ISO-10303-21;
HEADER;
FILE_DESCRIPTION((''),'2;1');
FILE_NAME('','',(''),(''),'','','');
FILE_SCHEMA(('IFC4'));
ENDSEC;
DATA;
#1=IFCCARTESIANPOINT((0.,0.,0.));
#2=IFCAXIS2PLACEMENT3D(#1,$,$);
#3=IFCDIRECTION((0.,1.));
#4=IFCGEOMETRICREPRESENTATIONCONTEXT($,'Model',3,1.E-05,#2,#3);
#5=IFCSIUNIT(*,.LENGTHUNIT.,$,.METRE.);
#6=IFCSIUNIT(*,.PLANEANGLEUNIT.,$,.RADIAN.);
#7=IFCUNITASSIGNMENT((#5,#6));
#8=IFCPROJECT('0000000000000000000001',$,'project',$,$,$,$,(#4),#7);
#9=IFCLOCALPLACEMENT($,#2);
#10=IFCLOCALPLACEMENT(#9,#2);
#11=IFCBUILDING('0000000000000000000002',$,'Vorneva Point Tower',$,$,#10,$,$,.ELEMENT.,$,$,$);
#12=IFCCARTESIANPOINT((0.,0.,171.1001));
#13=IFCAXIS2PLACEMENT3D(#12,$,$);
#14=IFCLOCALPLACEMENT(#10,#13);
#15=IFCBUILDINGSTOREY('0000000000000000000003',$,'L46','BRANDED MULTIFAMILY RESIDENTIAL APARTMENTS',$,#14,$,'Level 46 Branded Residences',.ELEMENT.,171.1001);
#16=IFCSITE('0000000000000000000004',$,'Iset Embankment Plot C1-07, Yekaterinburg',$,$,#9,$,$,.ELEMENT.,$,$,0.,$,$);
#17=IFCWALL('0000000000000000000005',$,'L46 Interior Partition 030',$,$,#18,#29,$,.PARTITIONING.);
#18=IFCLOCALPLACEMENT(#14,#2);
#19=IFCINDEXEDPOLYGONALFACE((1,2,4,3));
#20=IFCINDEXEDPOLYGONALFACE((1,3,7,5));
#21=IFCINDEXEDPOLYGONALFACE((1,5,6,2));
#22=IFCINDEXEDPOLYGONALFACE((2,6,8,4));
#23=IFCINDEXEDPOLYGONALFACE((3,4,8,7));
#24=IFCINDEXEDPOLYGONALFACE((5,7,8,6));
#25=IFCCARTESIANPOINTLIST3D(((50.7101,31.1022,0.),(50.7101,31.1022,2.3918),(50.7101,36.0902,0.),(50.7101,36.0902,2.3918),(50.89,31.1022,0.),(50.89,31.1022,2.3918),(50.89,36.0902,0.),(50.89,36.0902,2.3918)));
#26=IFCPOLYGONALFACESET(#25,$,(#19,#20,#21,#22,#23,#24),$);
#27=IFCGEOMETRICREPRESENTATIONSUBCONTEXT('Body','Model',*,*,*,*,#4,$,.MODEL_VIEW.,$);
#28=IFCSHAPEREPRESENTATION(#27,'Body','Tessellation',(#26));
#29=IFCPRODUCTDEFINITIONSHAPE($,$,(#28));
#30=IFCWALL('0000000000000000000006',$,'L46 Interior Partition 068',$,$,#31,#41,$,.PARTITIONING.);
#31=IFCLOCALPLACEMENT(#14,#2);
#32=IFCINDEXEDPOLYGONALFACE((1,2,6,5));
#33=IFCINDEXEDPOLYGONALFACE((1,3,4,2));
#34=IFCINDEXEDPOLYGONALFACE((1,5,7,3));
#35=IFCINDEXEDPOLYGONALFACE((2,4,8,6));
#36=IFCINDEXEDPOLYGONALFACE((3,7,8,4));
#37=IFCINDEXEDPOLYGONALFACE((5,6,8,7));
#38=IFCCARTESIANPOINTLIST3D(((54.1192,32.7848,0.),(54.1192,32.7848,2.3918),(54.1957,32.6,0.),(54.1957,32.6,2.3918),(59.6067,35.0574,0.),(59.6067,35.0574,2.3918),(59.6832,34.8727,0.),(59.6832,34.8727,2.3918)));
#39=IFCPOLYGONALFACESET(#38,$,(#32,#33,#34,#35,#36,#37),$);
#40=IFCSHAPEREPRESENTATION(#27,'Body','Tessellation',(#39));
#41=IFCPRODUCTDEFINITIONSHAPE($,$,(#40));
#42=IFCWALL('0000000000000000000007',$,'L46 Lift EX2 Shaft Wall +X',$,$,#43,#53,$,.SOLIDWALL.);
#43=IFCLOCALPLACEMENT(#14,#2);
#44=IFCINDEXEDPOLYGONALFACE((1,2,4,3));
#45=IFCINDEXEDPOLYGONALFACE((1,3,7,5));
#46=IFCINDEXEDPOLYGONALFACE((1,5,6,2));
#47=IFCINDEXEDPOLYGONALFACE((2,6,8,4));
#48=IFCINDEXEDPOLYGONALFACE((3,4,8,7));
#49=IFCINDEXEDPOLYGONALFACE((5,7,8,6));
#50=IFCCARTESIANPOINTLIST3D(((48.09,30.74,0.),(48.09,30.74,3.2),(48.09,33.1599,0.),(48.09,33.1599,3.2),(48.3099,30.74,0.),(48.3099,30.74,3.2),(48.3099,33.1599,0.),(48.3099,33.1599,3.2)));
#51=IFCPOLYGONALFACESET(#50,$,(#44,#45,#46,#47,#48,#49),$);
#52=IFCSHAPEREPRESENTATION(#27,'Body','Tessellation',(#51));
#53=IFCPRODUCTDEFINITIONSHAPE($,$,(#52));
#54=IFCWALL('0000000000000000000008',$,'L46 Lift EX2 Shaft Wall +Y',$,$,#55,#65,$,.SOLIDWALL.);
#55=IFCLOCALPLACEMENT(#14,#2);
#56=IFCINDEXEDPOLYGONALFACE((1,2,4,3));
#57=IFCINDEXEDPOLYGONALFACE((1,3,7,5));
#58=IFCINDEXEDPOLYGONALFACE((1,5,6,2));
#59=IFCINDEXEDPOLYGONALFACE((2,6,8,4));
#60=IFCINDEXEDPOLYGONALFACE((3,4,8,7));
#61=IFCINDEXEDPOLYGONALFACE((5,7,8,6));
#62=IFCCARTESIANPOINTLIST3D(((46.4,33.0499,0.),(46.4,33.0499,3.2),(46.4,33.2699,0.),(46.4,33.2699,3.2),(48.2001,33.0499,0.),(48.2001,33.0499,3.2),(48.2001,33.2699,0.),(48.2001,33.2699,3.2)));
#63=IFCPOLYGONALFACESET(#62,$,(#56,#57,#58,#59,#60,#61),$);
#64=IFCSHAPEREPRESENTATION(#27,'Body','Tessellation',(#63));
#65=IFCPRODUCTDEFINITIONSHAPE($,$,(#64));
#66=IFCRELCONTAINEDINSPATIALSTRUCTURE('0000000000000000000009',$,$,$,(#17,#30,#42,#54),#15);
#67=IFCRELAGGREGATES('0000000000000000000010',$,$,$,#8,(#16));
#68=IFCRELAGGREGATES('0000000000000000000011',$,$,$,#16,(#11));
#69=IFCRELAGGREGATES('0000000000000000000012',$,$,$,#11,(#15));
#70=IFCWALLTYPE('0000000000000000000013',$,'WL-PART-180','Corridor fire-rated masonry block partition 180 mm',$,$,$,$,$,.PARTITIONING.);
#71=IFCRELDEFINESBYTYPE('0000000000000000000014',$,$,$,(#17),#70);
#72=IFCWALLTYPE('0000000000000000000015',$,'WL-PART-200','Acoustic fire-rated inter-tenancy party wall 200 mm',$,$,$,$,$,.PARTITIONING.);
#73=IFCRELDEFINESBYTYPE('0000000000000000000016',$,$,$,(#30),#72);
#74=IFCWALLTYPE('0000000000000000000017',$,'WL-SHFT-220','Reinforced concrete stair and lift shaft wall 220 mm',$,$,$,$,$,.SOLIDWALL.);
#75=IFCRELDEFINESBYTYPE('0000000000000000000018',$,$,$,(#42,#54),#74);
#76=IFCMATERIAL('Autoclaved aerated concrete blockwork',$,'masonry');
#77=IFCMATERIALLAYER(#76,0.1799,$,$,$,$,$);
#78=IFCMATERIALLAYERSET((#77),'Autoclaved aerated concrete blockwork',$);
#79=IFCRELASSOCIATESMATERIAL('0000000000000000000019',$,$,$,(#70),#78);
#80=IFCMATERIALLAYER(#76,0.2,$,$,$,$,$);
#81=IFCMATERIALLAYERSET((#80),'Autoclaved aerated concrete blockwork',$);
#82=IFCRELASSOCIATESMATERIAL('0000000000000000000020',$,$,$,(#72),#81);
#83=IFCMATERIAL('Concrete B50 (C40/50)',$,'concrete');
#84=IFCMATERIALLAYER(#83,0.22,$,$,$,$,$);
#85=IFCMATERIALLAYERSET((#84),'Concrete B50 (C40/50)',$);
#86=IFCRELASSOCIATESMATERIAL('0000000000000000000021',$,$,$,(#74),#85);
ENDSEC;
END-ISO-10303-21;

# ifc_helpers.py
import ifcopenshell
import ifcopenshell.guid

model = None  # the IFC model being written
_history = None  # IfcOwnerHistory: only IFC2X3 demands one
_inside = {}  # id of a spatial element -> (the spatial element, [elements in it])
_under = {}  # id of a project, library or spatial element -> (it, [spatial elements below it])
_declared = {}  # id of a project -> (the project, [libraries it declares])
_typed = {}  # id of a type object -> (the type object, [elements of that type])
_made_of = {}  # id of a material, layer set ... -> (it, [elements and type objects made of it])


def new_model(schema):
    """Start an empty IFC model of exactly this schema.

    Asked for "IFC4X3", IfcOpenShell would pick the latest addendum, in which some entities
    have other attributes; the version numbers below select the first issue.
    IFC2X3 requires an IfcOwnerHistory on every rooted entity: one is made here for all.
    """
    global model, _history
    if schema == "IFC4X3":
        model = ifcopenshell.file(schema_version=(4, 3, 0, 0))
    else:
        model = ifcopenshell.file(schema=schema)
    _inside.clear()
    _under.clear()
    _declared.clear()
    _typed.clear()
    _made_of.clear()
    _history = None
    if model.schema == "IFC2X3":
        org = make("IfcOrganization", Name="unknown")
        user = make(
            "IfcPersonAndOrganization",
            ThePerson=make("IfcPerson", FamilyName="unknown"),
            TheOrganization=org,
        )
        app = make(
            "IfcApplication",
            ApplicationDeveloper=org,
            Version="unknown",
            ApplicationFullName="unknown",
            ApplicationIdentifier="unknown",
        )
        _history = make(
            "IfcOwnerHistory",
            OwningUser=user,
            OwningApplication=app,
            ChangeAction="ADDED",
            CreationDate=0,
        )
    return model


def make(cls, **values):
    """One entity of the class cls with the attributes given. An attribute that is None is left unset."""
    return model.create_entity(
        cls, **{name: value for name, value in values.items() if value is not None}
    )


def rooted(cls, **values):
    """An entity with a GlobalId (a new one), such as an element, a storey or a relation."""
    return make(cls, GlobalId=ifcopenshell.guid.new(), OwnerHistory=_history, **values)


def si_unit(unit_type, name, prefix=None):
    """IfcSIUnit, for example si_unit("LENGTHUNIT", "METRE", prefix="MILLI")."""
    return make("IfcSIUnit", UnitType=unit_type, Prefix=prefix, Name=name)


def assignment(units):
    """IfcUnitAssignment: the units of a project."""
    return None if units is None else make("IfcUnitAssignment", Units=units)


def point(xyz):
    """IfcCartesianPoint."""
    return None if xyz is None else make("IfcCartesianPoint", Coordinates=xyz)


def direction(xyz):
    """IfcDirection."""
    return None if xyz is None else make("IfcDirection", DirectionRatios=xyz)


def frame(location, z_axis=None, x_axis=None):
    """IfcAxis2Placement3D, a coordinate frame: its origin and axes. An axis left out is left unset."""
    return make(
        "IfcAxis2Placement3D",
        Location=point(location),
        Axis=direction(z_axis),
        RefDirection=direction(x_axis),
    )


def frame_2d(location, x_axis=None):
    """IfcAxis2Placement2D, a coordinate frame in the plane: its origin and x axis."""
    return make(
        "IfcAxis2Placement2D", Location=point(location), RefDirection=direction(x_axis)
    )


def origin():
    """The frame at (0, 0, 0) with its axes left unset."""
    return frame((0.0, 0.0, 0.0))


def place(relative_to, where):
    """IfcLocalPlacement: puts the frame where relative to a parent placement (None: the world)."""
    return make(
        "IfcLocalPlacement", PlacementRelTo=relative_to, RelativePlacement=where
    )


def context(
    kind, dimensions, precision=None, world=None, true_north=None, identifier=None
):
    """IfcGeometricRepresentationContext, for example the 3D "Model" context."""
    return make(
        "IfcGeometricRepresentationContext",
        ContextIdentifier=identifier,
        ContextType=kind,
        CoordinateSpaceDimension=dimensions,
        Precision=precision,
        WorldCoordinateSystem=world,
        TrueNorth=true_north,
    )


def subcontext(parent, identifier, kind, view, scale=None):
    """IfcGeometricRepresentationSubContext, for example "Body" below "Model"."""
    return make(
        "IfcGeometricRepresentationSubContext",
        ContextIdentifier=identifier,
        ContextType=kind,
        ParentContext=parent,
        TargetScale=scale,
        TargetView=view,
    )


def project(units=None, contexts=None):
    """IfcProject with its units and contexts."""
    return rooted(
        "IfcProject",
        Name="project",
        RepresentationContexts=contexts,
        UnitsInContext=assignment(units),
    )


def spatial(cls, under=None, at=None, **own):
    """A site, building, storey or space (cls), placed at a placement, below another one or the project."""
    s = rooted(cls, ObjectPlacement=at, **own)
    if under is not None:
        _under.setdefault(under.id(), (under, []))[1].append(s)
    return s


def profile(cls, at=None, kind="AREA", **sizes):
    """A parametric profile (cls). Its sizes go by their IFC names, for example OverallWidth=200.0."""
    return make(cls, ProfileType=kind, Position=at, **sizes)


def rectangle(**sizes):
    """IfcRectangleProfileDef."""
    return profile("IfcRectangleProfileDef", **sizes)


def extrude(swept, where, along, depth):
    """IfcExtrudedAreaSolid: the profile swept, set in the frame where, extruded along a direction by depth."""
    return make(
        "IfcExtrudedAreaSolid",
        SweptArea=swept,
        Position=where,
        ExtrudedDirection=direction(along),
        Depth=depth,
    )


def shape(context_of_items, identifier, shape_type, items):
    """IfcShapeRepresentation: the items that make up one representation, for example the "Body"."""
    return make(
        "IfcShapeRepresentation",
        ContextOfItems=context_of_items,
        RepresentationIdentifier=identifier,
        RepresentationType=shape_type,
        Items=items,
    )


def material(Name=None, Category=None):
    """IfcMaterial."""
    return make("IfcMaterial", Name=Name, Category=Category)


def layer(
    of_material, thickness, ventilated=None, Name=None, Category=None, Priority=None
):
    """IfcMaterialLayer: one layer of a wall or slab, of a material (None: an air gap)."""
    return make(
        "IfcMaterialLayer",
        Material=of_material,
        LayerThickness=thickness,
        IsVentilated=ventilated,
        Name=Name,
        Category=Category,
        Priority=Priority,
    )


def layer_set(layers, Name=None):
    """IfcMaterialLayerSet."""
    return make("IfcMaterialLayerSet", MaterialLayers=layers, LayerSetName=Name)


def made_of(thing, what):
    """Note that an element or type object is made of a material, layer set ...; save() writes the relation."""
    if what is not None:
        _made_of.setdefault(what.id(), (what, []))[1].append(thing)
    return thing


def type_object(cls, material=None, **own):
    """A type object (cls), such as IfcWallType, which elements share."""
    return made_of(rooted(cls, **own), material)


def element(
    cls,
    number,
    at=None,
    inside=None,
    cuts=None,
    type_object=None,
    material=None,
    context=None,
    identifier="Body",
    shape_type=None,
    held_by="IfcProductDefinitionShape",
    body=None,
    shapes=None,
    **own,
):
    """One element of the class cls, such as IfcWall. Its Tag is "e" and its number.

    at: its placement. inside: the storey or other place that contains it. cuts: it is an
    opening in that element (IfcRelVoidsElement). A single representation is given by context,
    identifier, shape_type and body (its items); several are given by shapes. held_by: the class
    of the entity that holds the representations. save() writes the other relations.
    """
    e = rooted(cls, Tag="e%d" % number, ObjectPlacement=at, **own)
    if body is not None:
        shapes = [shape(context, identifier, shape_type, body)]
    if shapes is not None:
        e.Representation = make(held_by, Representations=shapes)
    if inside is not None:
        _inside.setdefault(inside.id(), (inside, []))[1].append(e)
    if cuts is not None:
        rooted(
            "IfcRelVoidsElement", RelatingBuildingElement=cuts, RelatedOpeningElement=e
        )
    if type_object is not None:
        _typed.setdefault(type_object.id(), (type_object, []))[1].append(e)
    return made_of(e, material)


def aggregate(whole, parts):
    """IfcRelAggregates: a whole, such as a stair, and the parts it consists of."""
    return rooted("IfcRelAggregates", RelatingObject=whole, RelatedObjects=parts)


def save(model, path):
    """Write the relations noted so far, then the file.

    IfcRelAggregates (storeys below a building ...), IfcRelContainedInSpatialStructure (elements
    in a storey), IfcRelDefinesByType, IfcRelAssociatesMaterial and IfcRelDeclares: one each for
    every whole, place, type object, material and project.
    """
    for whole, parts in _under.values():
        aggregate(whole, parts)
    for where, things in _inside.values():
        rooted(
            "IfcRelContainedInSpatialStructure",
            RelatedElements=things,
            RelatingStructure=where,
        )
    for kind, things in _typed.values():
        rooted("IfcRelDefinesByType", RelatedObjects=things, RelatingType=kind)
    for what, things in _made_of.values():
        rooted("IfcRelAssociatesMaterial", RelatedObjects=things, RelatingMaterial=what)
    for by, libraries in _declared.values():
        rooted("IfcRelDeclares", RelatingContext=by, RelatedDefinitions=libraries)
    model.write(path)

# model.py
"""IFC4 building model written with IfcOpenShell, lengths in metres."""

from ifc_helpers import new_model, si_unit, direction, frame, frame_2d, origin, place, context, subcontext, project, spatial, rectangle, extrude, material, layer, layer_set, type_object, element, save


model = new_model("IFC4")

# Units and contexts
model_context = context("Model", 3, precision=1e-05, world=origin(), true_north=direction((0.0, 1.0)))
body_context = subcontext(model_context, "Body", "Model", "MODEL_VIEW")
ifc_project = project(units=[si_unit("LENGTHUNIT", "METRE"), si_unit("PLANEANGLEUNIT", "RADIAN")], contexts=[model_context])

# Site, building, storey
site_placement = place(None, origin())
site = spatial("IfcSite", under=ifc_project, at=site_placement, Name="Iset Embankment Plot C1-07, Yekaterinburg", CompositionType="ELEMENT", RefElevation=0.0)
building_placement = place(site_placement, origin())
building = spatial("IfcBuilding", under=site, at=building_placement, Name="Vorneva Point Tower", CompositionType="ELEMENT")
storey_placement = place(building_placement, frame((0.0, 0.0, 171.1001)))
storey = spatial("IfcBuildingStorey", under=building, at=storey_placement, Name="L46", Description="BRANDED MULTIFAMILY RESIDENTIAL APARTMENTS", LongName="Level 46 Branded Residences", CompositionType="ELEMENT", Elevation=171.1001)

# Walls
ifc_material_1 = material(Name="Autoclaved aerated concrete blockwork", Category="masonry")
ifc_layer_1 = layer(ifc_material_1, 0.1799)
ifc_layer_set_1 = layer_set([ifc_layer_1], Name="Autoclaved aerated concrete blockwork")
wall_type_1 = type_object("IfcWallType", Name="WL-PART-180", Description="Corridor fire-rated masonry block partition 180 mm", PredefinedType="PARTITIONING", material=ifc_layer_set_1)
wall_1_placement = place(storey_placement, frame((50.8, 31.1021, 0.0), z_axis=(0.0, 0.0, 1.0), x_axis=(0.0, 1.0, 0.0)))
element("IfcWall", 1, at=wall_1_placement, inside=storey, type_object=wall_type_1, Name="L46 Interior Partition 030", PredefinedType="PARTITIONING", context=body_context, shape_type="SweptSolid", body=[
    extrude(rectangle(XDim=4.988, YDim=0.1799, at=frame_2d((2.4941, 0.0))), origin(), (0.0, 0.0, 1.0), 2.3918),
])
ifc_layer_2 = layer(ifc_material_1, 0.2)
ifc_layer_set_2 = layer_set([ifc_layer_2], Name="Autoclaved aerated concrete blockwork")
wall_type_2 = type_object("IfcWallType", Name="WL-PART-200", Description="Acoustic fire-rated inter-tenancy party wall 200 mm", PredefinedType="PARTITIONING", material=ifc_layer_set_2)
wall_2_placement = place(storey_placement, frame((54.1575, 32.6924, 0.0), z_axis=(0.0, 0.0, 1.0), x_axis=(0.923898, 0.382639, 0.0)))
element("IfcWall", 2, at=wall_2_placement, inside=storey, type_object=wall_type_2, Name="L46 Interior Partition 068", PredefinedType="PARTITIONING", context=body_context, shape_type="SweptSolid", body=[
    extrude(rectangle(XDim=5.9395, YDim=0.2, at=frame_2d((2.9697, 0.0))), origin(), (0.0, 0.0, 1.0), 2.3918),
])
ifc_material_2 = material(Name="Concrete B50 (C40/50)", Category="concrete")
ifc_layer_3 = layer(ifc_material_2, 0.22)
ifc_layer_set_3 = layer_set([ifc_layer_3], Name="Concrete B50 (C40/50)")
wall_type_3 = type_object("IfcWallType", Name="WL-SHFT-220", Description="Reinforced concrete stair and lift shaft wall 220 mm", PredefinedType="SOLIDWALL", material=ifc_layer_set_3)
wall_3_placement = place(storey_placement, frame((48.2, 30.74, 0.0), z_axis=(0.0, 0.0, 1.0), x_axis=(0.0, 1.0, 0.0)))
element("IfcWall", 3, at=wall_3_placement, inside=storey, type_object=wall_type_3, Name="L46 Lift EX2 Shaft Wall +X", PredefinedType="SOLIDWALL", context=body_context, shape_type="SweptSolid", body=[
    extrude(rectangle(XDim=2.4199, YDim=0.22, at=frame_2d((1.21, 0.0))), origin(), (0.0, 0.0, 1.0), 3.2),
])
wall_4_placement = place(storey_placement, frame((48.2, 33.1599, 0.0), z_axis=(0.0, 0.0, 1.0), x_axis=(-1.0, 0.0, 0.0)))
element("IfcWall", 4, at=wall_4_placement, inside=storey, type_object=wall_type_3, Name="L46 Lift EX2 Shaft Wall +Y", PredefinedType="SOLIDWALL", context=body_context, shape_type="SweptSolid", body=[
    extrude(rectangle(XDim=1.8, YDim=0.22, at=frame_2d((0.8999, 0.0))), origin(), (0.0, 0.0, 1.0), 3.2),
])

save(model, "model.ifc")
